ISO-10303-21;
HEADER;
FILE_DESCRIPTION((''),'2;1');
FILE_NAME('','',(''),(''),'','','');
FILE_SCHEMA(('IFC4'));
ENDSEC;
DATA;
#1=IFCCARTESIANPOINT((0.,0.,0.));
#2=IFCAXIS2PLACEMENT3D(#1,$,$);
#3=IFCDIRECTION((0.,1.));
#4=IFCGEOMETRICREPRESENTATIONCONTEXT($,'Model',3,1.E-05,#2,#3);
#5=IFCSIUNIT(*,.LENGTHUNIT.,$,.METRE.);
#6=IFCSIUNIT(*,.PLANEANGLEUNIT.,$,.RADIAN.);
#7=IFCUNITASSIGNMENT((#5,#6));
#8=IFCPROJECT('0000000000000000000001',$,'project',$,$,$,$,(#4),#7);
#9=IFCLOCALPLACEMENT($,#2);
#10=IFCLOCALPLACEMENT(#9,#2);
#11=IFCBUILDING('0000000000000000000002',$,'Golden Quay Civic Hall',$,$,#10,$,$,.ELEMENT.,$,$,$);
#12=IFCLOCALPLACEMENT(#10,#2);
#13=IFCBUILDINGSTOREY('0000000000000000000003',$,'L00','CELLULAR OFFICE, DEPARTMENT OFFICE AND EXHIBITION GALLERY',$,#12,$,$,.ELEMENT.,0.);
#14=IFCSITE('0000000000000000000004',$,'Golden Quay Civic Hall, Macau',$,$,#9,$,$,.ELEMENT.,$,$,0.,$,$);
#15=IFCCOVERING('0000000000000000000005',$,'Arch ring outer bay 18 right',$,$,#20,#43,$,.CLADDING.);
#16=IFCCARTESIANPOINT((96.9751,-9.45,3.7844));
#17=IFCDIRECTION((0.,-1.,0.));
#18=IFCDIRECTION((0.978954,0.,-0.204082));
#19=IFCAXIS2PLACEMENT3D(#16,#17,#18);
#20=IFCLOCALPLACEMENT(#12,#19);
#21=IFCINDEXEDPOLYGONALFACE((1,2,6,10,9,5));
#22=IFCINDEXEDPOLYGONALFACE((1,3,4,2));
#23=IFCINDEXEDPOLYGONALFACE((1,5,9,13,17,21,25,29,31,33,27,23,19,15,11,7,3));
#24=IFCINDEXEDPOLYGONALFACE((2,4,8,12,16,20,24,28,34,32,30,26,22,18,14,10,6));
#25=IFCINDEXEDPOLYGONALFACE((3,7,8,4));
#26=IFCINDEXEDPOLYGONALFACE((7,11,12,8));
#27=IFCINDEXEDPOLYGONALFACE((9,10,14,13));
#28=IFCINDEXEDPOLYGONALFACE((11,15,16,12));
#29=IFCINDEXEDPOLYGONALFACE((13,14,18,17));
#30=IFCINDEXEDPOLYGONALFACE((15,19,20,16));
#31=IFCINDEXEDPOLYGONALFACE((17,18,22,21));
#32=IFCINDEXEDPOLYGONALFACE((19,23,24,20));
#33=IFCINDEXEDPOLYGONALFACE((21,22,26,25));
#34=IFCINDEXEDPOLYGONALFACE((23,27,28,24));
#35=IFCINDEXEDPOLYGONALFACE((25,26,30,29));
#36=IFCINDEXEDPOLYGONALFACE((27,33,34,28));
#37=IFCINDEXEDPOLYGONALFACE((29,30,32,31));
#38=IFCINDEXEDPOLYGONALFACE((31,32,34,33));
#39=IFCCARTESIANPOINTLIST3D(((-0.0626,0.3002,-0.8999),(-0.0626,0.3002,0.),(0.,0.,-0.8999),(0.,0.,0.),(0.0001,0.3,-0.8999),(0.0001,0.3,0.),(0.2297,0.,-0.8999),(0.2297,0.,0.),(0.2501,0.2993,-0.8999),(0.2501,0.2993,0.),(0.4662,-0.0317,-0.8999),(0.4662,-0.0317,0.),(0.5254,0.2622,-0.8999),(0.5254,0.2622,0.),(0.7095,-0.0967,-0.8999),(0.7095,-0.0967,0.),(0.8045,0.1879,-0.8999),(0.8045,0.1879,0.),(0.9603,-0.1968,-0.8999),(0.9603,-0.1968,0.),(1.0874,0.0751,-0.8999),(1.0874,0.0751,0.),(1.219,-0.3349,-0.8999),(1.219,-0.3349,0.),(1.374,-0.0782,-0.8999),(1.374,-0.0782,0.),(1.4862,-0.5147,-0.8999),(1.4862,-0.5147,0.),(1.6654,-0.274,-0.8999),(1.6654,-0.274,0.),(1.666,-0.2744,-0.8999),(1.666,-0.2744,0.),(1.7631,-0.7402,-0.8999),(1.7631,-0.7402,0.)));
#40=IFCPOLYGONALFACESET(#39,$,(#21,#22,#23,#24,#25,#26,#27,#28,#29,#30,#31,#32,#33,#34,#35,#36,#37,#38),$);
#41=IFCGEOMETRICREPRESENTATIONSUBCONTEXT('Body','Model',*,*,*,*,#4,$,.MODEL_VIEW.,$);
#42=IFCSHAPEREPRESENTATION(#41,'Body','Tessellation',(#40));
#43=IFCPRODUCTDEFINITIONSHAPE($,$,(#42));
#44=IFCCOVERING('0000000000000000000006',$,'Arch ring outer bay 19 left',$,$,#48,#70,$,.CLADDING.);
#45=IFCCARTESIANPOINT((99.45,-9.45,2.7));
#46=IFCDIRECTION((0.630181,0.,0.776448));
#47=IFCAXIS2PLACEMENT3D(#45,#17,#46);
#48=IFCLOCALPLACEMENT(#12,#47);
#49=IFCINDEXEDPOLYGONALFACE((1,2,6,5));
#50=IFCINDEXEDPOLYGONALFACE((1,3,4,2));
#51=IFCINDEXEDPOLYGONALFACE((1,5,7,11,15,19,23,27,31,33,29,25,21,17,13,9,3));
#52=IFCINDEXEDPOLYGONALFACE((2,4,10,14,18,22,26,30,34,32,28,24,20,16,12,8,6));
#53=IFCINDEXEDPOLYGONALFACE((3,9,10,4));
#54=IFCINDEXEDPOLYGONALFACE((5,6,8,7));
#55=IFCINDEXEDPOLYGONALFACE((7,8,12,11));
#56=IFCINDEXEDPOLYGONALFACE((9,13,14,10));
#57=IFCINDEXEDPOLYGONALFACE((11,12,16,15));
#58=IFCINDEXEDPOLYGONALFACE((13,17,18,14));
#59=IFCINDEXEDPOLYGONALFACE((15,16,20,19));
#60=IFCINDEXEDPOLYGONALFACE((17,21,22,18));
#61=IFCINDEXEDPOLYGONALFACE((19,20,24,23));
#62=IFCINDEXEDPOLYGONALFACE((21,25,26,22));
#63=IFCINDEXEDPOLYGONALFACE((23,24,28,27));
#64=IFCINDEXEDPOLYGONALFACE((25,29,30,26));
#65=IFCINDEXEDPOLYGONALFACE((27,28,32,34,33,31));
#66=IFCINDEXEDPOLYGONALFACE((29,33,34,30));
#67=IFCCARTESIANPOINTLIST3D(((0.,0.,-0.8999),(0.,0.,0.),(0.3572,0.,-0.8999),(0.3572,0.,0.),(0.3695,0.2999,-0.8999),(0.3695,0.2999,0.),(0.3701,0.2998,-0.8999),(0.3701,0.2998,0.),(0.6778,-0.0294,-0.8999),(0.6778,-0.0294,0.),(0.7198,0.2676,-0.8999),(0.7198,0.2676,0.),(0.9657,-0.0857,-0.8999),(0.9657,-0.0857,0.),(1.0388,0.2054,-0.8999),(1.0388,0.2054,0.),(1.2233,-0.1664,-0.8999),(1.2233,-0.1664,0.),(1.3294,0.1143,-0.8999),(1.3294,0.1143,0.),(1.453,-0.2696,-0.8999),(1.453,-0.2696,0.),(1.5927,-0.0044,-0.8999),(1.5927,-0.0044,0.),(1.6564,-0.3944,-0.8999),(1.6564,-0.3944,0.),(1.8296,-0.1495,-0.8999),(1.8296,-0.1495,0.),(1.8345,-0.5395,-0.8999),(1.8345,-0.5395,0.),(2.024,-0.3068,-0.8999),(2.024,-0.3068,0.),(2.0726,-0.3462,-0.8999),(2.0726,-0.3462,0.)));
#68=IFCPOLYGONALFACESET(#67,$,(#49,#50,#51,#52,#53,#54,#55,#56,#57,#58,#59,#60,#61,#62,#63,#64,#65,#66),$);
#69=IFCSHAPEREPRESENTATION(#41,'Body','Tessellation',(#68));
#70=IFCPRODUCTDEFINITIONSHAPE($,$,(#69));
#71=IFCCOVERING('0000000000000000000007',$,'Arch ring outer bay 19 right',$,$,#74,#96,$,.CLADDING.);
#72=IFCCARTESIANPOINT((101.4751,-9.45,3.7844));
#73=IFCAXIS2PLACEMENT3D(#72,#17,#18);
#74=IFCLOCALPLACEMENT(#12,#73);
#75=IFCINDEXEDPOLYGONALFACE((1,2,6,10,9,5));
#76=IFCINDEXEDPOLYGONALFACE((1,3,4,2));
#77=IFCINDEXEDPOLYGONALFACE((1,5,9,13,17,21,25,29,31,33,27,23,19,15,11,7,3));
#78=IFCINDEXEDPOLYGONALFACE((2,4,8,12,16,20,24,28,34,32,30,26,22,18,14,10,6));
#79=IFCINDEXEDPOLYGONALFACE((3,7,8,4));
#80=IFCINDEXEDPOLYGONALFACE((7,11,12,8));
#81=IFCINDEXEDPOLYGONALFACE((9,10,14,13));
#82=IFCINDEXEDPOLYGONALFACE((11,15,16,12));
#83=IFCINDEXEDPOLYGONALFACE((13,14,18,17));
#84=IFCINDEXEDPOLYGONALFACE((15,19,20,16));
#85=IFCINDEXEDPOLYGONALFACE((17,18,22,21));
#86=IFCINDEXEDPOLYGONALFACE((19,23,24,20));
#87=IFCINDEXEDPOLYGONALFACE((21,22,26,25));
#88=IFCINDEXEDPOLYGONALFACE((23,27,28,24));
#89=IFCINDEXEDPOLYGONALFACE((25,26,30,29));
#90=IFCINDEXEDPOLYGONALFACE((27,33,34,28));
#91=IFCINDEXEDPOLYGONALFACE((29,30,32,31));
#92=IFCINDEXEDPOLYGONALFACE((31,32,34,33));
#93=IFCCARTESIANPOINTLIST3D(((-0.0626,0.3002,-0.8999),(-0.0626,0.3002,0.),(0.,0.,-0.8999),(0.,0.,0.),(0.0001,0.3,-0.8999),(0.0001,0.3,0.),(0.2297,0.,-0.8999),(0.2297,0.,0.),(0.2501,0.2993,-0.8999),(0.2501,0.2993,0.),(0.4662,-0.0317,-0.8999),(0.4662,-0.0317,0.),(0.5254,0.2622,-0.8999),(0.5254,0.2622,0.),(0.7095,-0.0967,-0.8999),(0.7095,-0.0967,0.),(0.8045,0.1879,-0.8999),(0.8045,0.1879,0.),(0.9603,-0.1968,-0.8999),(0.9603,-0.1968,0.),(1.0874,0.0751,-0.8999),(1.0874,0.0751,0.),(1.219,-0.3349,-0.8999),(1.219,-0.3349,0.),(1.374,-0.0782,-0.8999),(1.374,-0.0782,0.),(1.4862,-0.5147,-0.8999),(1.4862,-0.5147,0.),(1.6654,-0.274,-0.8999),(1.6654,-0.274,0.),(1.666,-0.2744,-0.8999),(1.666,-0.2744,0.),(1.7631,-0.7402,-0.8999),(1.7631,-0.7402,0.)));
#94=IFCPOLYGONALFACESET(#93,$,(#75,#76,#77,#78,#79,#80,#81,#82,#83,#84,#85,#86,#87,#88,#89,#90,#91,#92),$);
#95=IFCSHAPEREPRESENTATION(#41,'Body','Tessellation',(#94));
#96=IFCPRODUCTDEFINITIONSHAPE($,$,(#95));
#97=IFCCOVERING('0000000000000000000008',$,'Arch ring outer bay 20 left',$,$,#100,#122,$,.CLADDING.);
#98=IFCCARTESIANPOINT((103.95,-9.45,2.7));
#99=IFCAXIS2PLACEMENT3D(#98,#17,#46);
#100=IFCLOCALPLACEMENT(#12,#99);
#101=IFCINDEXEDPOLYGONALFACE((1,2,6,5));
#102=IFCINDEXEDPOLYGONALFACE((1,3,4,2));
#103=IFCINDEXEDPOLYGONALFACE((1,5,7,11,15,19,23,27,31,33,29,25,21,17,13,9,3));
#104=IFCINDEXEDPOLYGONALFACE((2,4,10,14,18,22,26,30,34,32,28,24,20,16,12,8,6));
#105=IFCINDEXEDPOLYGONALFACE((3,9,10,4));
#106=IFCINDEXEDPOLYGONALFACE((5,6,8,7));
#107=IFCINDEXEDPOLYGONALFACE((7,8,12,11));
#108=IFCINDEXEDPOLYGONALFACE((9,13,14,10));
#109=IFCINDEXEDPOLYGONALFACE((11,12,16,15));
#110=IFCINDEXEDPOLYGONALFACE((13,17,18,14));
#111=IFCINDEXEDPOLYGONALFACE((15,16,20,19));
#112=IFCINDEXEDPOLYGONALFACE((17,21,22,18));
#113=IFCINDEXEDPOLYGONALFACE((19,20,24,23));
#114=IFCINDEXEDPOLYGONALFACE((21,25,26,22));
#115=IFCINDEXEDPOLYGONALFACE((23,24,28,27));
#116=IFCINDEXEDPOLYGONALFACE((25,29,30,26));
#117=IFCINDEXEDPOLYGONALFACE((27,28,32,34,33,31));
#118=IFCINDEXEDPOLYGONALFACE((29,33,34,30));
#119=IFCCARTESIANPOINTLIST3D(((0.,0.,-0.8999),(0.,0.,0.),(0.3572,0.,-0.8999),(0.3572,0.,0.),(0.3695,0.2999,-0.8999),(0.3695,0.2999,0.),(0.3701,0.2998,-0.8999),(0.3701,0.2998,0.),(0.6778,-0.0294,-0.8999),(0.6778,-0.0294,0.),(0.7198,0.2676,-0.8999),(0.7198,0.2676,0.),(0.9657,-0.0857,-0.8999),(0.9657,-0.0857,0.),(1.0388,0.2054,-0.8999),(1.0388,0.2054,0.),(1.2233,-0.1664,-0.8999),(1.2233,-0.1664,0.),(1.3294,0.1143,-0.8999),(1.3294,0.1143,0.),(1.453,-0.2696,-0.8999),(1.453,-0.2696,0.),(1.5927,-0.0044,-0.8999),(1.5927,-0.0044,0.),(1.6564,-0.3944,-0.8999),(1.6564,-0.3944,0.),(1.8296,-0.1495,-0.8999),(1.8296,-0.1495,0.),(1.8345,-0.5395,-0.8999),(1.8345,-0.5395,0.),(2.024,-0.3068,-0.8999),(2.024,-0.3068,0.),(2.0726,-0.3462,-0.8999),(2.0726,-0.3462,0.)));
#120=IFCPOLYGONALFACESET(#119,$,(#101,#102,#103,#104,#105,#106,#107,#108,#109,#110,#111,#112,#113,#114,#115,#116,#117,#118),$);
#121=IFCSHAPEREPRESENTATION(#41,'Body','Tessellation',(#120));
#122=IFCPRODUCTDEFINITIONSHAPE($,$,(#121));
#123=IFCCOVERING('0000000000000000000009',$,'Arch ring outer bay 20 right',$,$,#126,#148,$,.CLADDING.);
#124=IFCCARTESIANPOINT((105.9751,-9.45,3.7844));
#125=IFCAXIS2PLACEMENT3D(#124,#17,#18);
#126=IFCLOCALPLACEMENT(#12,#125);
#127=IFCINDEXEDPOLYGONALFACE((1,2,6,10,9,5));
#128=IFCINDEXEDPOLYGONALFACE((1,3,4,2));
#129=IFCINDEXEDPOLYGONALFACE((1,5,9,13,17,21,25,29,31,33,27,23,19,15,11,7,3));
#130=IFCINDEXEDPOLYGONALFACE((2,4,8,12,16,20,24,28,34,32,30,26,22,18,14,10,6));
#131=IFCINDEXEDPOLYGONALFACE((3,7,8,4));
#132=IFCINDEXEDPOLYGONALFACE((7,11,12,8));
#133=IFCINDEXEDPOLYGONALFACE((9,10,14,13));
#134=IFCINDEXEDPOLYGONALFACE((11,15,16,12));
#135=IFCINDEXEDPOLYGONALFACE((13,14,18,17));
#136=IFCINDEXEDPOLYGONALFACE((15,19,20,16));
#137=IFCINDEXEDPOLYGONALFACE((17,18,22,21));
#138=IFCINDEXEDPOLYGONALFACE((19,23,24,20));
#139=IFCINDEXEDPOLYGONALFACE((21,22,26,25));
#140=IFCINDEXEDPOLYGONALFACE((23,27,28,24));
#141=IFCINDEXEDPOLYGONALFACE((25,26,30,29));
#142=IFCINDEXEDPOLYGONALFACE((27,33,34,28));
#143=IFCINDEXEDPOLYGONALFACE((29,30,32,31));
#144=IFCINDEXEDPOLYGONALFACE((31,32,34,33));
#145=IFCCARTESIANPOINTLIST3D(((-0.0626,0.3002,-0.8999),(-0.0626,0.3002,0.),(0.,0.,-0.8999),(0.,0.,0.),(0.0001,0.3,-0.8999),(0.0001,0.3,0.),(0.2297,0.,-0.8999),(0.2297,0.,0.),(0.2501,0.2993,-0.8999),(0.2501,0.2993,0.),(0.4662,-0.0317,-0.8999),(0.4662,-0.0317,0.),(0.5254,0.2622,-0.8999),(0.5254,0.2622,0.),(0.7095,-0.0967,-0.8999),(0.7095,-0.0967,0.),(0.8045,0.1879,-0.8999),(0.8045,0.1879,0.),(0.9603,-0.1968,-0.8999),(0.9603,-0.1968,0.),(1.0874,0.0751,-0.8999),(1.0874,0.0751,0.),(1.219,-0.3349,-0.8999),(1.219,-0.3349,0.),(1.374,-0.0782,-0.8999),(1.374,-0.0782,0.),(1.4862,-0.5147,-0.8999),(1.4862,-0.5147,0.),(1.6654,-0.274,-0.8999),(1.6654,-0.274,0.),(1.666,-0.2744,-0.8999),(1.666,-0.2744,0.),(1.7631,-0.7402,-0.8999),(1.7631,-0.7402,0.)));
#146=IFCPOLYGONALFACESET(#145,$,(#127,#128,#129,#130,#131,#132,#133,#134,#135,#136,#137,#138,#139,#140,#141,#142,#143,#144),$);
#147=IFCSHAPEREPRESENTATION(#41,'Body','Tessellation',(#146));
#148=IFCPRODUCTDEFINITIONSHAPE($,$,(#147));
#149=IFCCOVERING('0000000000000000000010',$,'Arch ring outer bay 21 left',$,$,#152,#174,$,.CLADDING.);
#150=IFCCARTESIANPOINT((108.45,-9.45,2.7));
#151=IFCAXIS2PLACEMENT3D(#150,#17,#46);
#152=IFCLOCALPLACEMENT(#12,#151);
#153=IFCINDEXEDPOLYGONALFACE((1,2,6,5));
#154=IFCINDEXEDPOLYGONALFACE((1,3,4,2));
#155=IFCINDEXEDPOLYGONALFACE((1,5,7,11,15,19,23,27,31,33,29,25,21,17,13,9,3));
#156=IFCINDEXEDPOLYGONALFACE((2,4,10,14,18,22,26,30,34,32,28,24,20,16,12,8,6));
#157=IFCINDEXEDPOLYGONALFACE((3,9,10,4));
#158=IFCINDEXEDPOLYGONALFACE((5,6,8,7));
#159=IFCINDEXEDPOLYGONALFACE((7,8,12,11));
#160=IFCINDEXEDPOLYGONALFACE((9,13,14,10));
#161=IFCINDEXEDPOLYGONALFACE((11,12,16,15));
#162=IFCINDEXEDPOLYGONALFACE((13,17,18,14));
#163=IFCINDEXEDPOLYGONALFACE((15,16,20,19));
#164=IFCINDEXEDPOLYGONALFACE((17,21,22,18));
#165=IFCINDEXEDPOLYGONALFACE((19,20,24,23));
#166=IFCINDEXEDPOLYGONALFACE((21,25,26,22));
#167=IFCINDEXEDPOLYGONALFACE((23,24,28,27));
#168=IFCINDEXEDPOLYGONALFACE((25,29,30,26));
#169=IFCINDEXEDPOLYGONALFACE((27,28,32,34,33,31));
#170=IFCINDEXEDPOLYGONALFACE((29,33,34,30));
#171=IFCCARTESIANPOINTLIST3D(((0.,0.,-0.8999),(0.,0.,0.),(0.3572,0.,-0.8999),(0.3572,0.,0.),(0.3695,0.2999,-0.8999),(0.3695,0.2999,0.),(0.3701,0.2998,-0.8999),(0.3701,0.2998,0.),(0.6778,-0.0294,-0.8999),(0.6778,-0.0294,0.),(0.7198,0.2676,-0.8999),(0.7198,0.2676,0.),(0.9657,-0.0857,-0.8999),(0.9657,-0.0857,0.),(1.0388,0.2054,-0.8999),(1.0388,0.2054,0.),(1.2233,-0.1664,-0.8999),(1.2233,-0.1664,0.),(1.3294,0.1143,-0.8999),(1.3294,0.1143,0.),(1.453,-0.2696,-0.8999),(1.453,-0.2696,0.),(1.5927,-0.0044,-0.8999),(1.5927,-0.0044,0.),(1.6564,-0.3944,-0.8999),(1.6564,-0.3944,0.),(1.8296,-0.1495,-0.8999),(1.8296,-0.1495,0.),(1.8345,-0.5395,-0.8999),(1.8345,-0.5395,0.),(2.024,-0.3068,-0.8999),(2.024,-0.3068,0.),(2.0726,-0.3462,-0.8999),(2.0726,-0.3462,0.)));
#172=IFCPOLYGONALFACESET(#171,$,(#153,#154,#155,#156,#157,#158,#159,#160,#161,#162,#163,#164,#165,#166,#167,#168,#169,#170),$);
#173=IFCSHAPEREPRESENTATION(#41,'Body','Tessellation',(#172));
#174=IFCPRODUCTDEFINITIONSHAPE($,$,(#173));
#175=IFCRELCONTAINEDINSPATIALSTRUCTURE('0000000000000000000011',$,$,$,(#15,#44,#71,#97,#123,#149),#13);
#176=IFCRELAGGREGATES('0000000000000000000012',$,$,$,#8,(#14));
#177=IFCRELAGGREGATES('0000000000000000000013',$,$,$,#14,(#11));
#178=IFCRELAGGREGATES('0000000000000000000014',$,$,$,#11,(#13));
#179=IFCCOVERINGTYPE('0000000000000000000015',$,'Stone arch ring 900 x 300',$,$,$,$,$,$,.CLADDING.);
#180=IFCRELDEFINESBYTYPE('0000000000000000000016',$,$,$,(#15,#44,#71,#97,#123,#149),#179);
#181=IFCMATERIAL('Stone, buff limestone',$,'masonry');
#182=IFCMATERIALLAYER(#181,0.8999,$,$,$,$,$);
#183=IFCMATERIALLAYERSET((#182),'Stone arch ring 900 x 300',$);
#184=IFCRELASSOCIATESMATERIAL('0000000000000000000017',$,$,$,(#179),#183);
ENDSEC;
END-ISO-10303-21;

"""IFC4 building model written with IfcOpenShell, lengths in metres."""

from ifc_helpers import new_model, si_unit, direction, frame, origin, place, context, subcontext, project, spatial, polyline, outline, extrude, material, layer, layer_set, type_object, element, save


model = new_model("IFC4")

# Units and contexts
model_context = context("Model", 3, precision=1e-05, world=origin(), true_north=direction((0.0, 1.0)))
body_context = subcontext(model_context, "Body", "Model", "MODEL_VIEW")
ifc_project = project(units=[si_unit("LENGTHUNIT", "METRE"), si_unit("PLANEANGLEUNIT", "RADIAN")], contexts=[model_context])

# Site, building, storey
site_placement = place(None, origin())
site = spatial("IfcSite", under=ifc_project, at=site_placement, Name="Golden Quay Civic Hall, Macau", CompositionType="ELEMENT", RefElevation=0.0)
building_placement = place(site_placement, origin())
building = spatial("IfcBuilding", under=site, at=building_placement, Name="Golden Quay Civic Hall", CompositionType="ELEMENT")
storey_placement = place(building_placement, origin())
storey = spatial("IfcBuildingStorey", under=building, at=storey_placement, Name="L00", Description="CELLULAR OFFICE, DEPARTMENT OFFICE AND EXHIBITION GALLERY", CompositionType="ELEMENT", Elevation=0.0)

# Coverings
ifc_material_1 = material(Name="Stone, buff limestone", Category="masonry")
ifc_layer_1 = layer(ifc_material_1, 0.8999)
ifc_layer_set_1 = layer_set([ifc_layer_1], Name="Stone arch ring 900 x 300")
covering_type_1 = type_object("IfcCoveringType", Name="Stone arch ring 900 x 300", PredefinedType="CLADDING", material=ifc_layer_set_1)
covering_1_placement = place(storey_placement, frame((96.9751, -9.45, 3.7844), z_axis=(0.0, -1.0, 0.0), x_axis=(0.978954, 0.0, -0.204082)))
element("IfcCovering", 1, at=covering_1_placement, inside=storey, type_object=covering_type_1, Name="Arch ring outer bay 18 right", PredefinedType="CLADDING", context=body_context, shape_type="SweptSolid", body=[
    extrude(outline(polyline([(0.0, 0.0), (0.2297, 0.0), (0.4662, -0.0317), (0.7095, -0.0967), (0.9603, -0.1968), (1.219, -0.3349), (1.4862, -0.5147), (1.7631, -0.7402), (1.666, -0.2744), (1.6654, -0.274), (1.374, -0.0782), (1.0874, 0.0751), (0.8045, 0.1879), (0.5254, 0.2622), (0.2501, 0.2993), (0.0001, 0.3), (-0.0626, 0.3002), (0.0, 0.0)])), origin(), (0.0, 0.0, -1.0), 0.8999),
])
covering_2_placement = place(storey_placement, frame((99.45, -9.45, 2.7), z_axis=(0.0, -1.0, 0.0), x_axis=(0.630181, 0.0, 0.776448)))
element("IfcCovering", 2, at=covering_2_placement, inside=storey, type_object=covering_type_1, Name="Arch ring outer bay 19 left", PredefinedType="CLADDING", context=body_context, shape_type="SweptSolid", body=[
    extrude(outline(polyline([(0.0, 0.0), (0.3572, 0.0), (0.6778, -0.0294), (0.9657, -0.0857), (1.2233, -0.1664), (1.453, -0.2696), (1.6564, -0.3944), (1.8345, -0.5395), (2.0726, -0.3462), (2.024, -0.3068), (1.8296, -0.1495), (1.5927, -0.0044), (1.3294, 0.1143), (1.0388, 0.2054), (0.7198, 0.2676), (0.3701, 0.2998), (0.3695, 0.2999), (0.0, 0.0)])), origin(), (0.0, 0.0, -1.0), 0.8999),
])
covering_3_placement = place(storey_placement, frame((101.4751, -9.45, 3.7844), z_axis=(0.0, -1.0, 0.0), x_axis=(0.978954, 0.0, -0.204082)))
element("IfcCovering", 3, at=covering_3_placement, inside=storey, type_object=covering_type_1, Name="Arch ring outer bay 19 right", PredefinedType="CLADDING", context=body_context, shape_type="SweptSolid", body=[
    extrude(outline(polyline([(0.0, 0.0), (0.2297, 0.0), (0.4662, -0.0317), (0.7095, -0.0967), (0.9603, -0.1968), (1.219, -0.3349), (1.4862, -0.5147), (1.7631, -0.7402), (1.666, -0.2744), (1.6654, -0.274), (1.374, -0.0782), (1.0874, 0.0751), (0.8045, 0.1879), (0.5254, 0.2622), (0.2501, 0.2993), (0.0001, 0.3), (-0.0626, 0.3002), (0.0, 0.0)])), origin(), (0.0, 0.0, -1.0), 0.8999),
])
covering_4_placement = place(storey_placement, frame((103.95, -9.45, 2.7), z_axis=(0.0, -1.0, 0.0), x_axis=(0.630181, 0.0, 0.776448)))
element("IfcCovering", 4, at=covering_4_placement, inside=storey, type_object=covering_type_1, Name="Arch ring outer bay 20 left", PredefinedType="CLADDING", context=body_context, shape_type="SweptSolid", body=[
    extrude(outline(polyline([(0.0, 0.0), (0.3572, 0.0), (0.6778, -0.0294), (0.9657, -0.0857), (1.2233, -0.1664), (1.453, -0.2696), (1.6564, -0.3944), (1.8345, -0.5395), (2.0726, -0.3462), (2.024, -0.3068), (1.8296, -0.1495), (1.5927, -0.0044), (1.3294, 0.1143), (1.0388, 0.2054), (0.7198, 0.2676), (0.3701, 0.2998), (0.3695, 0.2999), (0.0, 0.0)])), origin(), (0.0, 0.0, -1.0), 0.8999),
])
covering_5_placement = place(storey_placement, frame((105.9751, -9.45, 3.7844), z_axis=(0.0, -1.0, 0.0), x_axis=(0.978954, 0.0, -0.204082)))
element("IfcCovering", 5, at=covering_5_placement, inside=storey, type_object=covering_type_1, Name="Arch ring outer bay 20 right", PredefinedType="CLADDING", context=body_context, shape_type="SweptSolid", body=[
    extrude(outline(polyline([(0.0, 0.0), (0.2297, 0.0), (0.4662, -0.0317), (0.7095, -0.0967), (0.9603, -0.1968), (1.219, -0.3349), (1.4862, -0.5147), (1.7631, -0.7402), (1.666, -0.2744), (1.6654, -0.274), (1.374, -0.0782), (1.0874, 0.0751), (0.8045, 0.1879), (0.5254, 0.2622), (0.2501, 0.2993), (0.0001, 0.3), (-0.0626, 0.3002), (0.0, 0.0)])), origin(), (0.0, 0.0, -1.0), 0.8999),
])
covering_6_placement = place(storey_placement, frame((108.45, -9.45, 2.7), z_axis=(0.0, -1.0, 0.0), x_axis=(0.630181, 0.0, 0.776448)))
element("IfcCovering", 6, at=covering_6_placement, inside=storey, type_object=covering_type_1, Name="Arch ring outer bay 21 left", PredefinedType="CLADDING", context=body_context, shape_type="SweptSolid", body=[
    extrude(outline(polyline([(0.0, 0.0), (0.3572, 0.0), (0.6778, -0.0294), (0.9657, -0.0857), (1.2233, -0.1664), (1.453, -0.2696), (1.6564, -0.3944), (1.8345, -0.5395), (2.0726, -0.3462), (2.024, -0.3068), (1.8296, -0.1495), (1.5927, -0.0044), (1.3294, 0.1143), (1.0388, 0.2054), (0.7198, 0.2676), (0.3701, 0.2998), (0.3695, 0.2999), (0.0, 0.0)])), origin(), (0.0, 0.0, -1.0), 0.8999),
])

save(model, "model.ifc")
